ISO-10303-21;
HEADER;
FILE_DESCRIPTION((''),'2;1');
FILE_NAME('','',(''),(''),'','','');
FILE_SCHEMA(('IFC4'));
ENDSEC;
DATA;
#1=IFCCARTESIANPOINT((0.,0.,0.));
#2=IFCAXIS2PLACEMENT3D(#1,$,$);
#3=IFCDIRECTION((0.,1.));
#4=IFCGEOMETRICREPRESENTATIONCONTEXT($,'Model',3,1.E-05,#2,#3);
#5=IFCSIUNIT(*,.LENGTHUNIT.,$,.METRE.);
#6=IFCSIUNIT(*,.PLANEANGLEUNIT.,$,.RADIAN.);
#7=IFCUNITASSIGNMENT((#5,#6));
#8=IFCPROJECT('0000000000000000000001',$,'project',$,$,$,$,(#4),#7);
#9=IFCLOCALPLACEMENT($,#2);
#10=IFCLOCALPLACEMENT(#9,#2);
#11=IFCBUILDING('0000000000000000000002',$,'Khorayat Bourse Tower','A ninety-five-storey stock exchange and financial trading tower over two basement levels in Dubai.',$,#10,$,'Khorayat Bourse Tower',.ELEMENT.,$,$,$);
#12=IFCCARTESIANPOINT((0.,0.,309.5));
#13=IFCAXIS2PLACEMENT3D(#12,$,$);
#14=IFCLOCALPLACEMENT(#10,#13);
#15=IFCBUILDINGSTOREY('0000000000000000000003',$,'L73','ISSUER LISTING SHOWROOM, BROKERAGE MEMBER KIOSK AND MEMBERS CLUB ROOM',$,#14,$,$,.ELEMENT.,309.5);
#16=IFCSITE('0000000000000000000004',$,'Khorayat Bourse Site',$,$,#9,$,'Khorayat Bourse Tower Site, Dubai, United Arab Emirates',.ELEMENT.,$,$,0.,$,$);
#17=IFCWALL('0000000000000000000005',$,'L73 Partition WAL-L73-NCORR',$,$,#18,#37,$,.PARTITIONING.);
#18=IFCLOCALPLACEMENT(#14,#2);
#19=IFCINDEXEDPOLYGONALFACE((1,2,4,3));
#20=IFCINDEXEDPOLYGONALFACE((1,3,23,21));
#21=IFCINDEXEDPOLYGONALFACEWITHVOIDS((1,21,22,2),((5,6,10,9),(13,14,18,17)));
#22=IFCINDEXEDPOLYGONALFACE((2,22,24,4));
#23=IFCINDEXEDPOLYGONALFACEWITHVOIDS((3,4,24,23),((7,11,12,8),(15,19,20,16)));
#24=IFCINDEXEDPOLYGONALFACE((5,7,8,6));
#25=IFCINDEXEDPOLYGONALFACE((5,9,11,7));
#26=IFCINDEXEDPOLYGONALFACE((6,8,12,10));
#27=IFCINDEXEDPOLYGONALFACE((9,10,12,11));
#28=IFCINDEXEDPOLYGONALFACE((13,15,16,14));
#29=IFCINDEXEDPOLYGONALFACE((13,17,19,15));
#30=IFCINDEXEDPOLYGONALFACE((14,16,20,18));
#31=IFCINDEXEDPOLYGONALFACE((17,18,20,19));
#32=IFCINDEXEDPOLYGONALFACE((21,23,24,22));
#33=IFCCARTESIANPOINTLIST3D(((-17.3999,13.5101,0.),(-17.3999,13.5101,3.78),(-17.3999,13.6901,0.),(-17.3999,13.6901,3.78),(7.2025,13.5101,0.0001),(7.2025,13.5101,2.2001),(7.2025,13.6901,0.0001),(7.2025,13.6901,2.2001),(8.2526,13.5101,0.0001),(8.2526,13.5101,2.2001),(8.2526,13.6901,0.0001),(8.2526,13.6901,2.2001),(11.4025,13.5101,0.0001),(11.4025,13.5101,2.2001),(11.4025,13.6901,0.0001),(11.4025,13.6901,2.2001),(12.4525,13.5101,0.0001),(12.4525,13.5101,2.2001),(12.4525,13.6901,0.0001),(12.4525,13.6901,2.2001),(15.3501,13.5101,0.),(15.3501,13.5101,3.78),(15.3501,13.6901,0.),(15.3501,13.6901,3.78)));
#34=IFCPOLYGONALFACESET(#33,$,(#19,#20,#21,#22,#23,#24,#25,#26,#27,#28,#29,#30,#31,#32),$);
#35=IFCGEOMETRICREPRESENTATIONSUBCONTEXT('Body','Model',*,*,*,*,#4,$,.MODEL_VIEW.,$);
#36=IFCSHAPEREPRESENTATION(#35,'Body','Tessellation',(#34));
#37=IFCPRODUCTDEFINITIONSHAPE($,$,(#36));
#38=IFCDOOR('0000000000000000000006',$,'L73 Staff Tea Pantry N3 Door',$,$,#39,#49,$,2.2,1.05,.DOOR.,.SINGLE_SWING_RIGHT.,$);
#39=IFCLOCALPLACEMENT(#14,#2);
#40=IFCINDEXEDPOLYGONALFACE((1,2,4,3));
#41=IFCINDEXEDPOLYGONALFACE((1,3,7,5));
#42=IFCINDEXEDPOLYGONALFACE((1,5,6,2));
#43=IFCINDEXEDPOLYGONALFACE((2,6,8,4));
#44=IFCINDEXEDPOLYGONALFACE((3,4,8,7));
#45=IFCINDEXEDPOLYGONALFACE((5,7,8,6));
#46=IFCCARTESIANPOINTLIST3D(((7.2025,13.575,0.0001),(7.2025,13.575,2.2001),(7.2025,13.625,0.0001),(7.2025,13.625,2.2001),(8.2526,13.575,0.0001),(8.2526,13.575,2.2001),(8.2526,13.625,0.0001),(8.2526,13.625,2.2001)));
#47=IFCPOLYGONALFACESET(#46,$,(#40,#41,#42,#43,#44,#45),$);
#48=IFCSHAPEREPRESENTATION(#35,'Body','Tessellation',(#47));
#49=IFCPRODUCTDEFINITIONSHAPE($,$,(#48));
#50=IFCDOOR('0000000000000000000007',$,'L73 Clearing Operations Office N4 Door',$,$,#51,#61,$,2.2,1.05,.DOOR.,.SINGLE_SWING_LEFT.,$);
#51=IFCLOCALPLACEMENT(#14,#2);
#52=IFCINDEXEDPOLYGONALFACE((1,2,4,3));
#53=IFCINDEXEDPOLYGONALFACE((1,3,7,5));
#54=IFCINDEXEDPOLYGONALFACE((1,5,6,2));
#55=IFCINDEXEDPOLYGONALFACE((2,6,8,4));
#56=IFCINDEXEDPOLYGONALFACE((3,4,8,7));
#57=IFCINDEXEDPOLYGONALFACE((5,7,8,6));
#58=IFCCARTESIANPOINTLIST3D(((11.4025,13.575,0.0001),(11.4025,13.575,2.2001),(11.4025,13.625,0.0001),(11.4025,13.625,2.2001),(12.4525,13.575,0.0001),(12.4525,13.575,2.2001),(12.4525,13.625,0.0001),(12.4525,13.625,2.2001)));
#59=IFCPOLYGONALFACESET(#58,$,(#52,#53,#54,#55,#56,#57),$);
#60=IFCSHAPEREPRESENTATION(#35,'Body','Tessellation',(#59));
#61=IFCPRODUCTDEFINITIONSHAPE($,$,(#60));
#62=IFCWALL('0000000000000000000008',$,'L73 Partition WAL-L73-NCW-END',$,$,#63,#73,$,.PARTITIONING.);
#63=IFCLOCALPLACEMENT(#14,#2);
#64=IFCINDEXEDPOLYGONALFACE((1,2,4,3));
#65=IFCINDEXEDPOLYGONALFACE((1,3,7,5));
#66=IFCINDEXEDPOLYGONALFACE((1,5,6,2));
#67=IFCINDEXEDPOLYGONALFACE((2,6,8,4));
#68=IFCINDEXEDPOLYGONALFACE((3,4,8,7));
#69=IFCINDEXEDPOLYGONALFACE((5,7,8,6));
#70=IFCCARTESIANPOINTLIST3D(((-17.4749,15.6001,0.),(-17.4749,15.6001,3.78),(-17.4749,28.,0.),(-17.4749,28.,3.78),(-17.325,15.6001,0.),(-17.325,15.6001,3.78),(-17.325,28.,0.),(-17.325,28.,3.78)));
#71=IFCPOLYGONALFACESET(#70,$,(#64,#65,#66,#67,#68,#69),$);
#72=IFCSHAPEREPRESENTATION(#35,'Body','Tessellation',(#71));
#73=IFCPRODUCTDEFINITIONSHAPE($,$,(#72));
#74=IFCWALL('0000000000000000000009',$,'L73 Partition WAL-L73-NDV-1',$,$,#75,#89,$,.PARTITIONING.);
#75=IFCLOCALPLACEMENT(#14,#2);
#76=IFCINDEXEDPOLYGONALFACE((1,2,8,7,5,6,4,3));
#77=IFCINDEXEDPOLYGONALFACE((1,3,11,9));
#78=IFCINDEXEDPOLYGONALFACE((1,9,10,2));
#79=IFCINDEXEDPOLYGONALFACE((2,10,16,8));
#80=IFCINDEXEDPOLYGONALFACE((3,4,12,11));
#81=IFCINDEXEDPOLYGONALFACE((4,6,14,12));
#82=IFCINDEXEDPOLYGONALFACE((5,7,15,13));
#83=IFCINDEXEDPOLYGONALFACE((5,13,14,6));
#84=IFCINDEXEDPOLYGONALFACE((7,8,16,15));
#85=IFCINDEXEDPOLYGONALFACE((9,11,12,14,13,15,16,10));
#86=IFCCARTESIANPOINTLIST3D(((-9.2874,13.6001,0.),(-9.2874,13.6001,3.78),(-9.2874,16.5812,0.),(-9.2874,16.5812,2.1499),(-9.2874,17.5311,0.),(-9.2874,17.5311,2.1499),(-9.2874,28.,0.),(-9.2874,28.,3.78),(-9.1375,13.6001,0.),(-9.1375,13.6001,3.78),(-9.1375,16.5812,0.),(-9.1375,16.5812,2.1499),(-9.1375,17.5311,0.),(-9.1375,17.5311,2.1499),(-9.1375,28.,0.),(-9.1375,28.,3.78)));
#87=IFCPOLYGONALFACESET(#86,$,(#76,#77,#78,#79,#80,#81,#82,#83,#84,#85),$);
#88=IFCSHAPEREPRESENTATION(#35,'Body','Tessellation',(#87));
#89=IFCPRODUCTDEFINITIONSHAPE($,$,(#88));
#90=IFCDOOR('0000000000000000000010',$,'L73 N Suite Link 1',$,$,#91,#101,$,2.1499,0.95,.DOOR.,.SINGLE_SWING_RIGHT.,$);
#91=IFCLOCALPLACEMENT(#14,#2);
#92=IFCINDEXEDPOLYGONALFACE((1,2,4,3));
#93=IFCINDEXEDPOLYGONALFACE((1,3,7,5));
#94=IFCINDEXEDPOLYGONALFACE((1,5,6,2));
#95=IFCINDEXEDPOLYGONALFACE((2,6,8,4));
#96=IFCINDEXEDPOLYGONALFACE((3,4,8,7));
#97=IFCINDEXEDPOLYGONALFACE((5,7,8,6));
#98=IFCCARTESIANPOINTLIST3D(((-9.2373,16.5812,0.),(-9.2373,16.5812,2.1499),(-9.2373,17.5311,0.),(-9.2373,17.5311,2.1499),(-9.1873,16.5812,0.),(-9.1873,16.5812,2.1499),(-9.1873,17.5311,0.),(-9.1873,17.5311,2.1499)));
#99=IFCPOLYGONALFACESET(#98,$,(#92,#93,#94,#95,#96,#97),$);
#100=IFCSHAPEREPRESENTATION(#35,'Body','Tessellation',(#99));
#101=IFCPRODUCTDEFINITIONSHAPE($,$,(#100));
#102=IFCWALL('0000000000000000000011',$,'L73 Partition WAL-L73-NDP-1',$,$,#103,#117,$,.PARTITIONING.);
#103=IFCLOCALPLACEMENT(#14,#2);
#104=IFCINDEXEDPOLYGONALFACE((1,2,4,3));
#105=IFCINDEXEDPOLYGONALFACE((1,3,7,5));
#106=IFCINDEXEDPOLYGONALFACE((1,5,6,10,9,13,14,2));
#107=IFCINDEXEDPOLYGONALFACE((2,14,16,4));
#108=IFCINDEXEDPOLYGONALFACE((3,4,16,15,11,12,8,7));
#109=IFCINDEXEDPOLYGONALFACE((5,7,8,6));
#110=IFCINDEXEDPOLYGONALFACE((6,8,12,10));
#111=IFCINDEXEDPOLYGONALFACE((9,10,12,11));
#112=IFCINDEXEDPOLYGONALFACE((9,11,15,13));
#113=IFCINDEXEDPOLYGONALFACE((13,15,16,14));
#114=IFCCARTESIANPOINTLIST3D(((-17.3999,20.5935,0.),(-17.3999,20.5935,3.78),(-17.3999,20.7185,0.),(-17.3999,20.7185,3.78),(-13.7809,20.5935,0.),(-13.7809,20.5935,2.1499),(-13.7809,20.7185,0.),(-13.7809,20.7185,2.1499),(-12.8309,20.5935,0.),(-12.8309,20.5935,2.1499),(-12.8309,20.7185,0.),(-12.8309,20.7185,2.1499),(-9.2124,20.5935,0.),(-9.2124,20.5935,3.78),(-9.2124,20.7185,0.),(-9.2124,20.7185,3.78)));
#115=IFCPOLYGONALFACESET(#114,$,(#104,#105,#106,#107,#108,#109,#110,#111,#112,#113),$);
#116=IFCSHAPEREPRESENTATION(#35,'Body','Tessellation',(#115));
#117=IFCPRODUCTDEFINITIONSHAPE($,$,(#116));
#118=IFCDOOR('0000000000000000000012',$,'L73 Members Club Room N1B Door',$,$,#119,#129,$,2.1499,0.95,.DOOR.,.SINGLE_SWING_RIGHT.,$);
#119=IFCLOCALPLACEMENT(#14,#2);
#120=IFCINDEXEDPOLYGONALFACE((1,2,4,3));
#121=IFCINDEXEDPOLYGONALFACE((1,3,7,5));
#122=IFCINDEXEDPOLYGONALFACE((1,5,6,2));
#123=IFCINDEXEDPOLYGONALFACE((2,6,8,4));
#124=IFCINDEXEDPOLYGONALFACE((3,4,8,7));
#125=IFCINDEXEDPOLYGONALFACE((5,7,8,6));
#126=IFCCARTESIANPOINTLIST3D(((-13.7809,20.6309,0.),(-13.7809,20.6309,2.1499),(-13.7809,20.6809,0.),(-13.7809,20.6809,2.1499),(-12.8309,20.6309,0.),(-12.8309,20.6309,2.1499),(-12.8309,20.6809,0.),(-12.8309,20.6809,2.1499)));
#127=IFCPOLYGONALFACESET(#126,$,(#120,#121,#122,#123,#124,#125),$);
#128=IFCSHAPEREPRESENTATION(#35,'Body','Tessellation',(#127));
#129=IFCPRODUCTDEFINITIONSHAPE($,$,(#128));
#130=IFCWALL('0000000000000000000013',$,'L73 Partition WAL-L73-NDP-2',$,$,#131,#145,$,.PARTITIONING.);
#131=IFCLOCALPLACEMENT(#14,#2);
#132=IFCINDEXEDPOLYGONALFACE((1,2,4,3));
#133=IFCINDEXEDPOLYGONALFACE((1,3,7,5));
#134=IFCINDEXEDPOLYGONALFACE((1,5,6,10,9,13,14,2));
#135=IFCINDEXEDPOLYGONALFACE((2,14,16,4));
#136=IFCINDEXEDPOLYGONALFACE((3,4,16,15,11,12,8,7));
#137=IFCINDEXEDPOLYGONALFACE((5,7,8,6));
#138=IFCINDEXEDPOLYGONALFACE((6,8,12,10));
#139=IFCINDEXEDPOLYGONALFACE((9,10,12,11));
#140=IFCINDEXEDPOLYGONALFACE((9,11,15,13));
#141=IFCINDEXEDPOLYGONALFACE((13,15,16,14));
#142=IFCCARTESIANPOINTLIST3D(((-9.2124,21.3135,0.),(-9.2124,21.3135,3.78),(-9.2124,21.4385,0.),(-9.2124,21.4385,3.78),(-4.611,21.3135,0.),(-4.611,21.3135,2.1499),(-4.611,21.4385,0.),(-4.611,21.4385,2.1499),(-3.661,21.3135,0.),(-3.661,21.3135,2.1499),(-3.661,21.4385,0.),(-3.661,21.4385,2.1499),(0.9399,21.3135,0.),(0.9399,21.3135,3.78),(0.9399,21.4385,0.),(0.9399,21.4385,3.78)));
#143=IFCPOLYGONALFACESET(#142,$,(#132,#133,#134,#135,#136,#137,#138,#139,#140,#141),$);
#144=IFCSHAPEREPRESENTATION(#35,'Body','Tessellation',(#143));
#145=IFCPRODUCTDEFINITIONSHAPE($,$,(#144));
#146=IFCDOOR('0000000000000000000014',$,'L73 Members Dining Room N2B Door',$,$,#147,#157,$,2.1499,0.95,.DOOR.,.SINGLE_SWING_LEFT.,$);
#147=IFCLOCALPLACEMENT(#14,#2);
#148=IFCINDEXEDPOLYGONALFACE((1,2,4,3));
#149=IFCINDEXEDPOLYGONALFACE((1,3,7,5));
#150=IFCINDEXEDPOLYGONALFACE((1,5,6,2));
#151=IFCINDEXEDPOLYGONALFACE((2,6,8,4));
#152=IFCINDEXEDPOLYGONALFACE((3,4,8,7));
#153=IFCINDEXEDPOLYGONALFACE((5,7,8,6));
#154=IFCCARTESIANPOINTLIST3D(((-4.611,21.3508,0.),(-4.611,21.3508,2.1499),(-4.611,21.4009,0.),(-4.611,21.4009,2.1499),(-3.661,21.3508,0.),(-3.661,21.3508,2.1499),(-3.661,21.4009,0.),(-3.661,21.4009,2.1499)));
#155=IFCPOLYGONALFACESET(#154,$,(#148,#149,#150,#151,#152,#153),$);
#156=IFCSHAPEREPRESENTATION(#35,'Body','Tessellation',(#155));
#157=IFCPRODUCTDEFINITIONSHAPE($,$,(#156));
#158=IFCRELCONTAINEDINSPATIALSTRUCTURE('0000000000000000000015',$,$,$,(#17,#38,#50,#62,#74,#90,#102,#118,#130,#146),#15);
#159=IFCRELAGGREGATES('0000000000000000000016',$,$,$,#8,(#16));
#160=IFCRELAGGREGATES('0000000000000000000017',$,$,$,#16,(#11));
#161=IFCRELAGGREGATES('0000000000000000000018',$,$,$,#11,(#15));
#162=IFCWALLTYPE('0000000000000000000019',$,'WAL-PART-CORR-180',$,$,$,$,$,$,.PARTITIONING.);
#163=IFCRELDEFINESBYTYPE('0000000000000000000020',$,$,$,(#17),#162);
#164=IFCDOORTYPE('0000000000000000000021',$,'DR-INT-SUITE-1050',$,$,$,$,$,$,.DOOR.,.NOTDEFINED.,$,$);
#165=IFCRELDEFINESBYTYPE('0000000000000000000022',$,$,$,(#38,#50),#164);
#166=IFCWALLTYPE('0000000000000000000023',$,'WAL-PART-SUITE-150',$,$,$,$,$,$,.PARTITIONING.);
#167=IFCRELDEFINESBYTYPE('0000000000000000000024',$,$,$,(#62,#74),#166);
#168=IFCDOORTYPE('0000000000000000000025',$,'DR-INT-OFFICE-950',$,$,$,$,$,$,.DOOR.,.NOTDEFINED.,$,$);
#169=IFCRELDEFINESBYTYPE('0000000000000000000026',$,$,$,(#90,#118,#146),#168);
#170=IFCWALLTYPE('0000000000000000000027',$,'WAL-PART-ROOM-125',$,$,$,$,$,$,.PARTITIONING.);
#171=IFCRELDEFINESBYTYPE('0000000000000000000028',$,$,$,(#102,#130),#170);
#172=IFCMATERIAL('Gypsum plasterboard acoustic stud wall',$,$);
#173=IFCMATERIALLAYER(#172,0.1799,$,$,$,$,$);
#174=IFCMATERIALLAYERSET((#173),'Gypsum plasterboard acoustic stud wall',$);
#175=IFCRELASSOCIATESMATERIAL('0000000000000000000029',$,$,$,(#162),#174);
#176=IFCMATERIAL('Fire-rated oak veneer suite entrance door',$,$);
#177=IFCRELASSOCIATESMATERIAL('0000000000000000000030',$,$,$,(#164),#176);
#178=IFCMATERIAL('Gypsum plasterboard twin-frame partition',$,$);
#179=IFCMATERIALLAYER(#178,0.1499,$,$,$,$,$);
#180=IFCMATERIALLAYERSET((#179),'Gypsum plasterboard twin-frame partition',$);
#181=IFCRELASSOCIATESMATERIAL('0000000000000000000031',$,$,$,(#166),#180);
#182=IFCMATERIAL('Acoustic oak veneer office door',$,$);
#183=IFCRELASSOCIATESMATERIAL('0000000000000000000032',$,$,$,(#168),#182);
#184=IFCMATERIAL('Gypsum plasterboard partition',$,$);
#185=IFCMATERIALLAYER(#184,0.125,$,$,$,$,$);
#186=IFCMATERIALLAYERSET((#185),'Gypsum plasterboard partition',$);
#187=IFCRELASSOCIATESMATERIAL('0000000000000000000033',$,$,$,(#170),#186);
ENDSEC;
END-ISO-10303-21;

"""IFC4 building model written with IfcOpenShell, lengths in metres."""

from ifc_helpers import new_model, si_unit, direction, frame, frame_2d, origin, place, context, subcontext, project, spatial, rectangle, extrude, source, transform, mapped, material, layer, layer_set, type_object, element, fill, save


model = new_model("IFC4")

# Units and contexts
model_context = context("Model", 3, precision=1e-05, world=origin(), true_north=direction((0.0, 1.0)))
body_context = subcontext(model_context, "Body", "Model", "MODEL_VIEW")
ifc_project = project(units=[si_unit("LENGTHUNIT", "METRE"), si_unit("PLANEANGLEUNIT", "RADIAN")], contexts=[model_context])

# Site, building, storey
site_placement = place(None, origin())
site = spatial("IfcSite", under=ifc_project, at=site_placement, Name="Khorayat Bourse Site", LongName="Khorayat Bourse Tower Site, Dubai, United Arab Emirates", CompositionType="ELEMENT", RefElevation=0.0)
building_placement = place(site_placement, origin())
building = spatial("IfcBuilding", under=site, at=building_placement, Name="Khorayat Bourse Tower", Description="A ninety-five-storey stock exchange and financial trading tower over two basement levels in Dubai.", LongName="Khorayat Bourse Tower", CompositionType="ELEMENT")
storey_placement = place(building_placement, frame((0.0, 0.0, 309.5)))
storey = spatial("IfcBuildingStorey", under=building, at=storey_placement, Name="L73", Description="ISSUER LISTING SHOWROOM, BROKERAGE MEMBER KIOSK AND MEMBERS CLUB ROOM", CompositionType="ELEMENT", Elevation=309.5)

# Wall, openings, doors
ifc_material_1 = material(Name="Gypsum plasterboard acoustic stud wall")
ifc_layer_1 = layer(ifc_material_1, 0.1799)
ifc_layer_set_1 = layer_set([ifc_layer_1], Name="Gypsum plasterboard acoustic stud wall")
wall_type_1 = type_object("IfcWallType", Name="WAL-PART-CORR-180", PredefinedType="PARTITIONING", material=ifc_layer_set_1)
shared_shape_1 = source(origin(), body_context, "Body", "SweptSolid", [
    extrude(rectangle(XDim=32.75, YDim=0.1799, at=frame_2d((16.375, 0.0))), origin(), (0.0, 0.0, 1.0), 3.78),
])
wall_1_placement = place(storey_placement, frame((-17.3999, 13.6001, 0.0), z_axis=(0.0, 0.0, 1.0), x_axis=(1.0, 0.0, 0.0)))
wall_1 = element("IfcWall", 1, at=wall_1_placement, inside=storey, type_object=wall_type_1, Name="L73 Partition WAL-L73-NCORR", PredefinedType="PARTITIONING", context=body_context, shape_type="MappedRepresentation", body=[
    mapped(shared_shape_1, transform((0.0, 0.0, 0.0), scale=1.0)),
])
shared_shape_2 = source(origin(), body_context, "Body", "SweptSolid", [
    extrude(rectangle(XDim=1.05, YDim=2.2, at=frame_2d((0.5249, 1.1001))), frame((0.0, 0.0999, 0.0), z_axis=(0.0, -1.0, 0.0), x_axis=(1.0, 0.0, 0.0)), (0.0, 0.0, 1.0), 0.2),
])
opening_1_placement = place(wall_1_placement, frame((24.6025, 0.0, 0.0)))
opening_1 = element("IfcOpeningElement", 2, at=opening_1_placement, cuts=wall_1, PredefinedType="OPENING", context=body_context, shape_type="MappedRepresentation", body=[
    mapped(shared_shape_2, transform((0.0, 0.0, 0.0), scale=1.0)),
])
opening_2_placement = place(wall_1_placement, frame((28.8025, 0.0, 0.0)))
opening_2 = element("IfcOpeningElement", 3, at=opening_2_placement, cuts=wall_1, PredefinedType="OPENING", context=body_context, shape_type="MappedRepresentation", body=[
    mapped(shared_shape_2, transform((0.0, 0.0, 0.0), scale=1.0)),
])
ifc_material_2 = material(Name="Fire-rated oak veneer suite entrance door")
door_type_1 = type_object("IfcDoorType", Name="DR-INT-SUITE-1050", OperationType="NOTDEFINED", PredefinedType="DOOR", material=ifc_material_2)
shared_shape_3 = source(origin(), body_context, "Body", "SweptSolid", [
    extrude(rectangle(XDim=1.05, YDim=2.2, at=frame_2d((0.5249, 1.1001))), frame((0.0, 0.0249, 0.0), z_axis=(0.0, -1.0, 0.0), x_axis=(1.0, 0.0, 0.0)), (0.0, 0.0, 1.0), 0.05),
])
door_1_placement = place(opening_1_placement, origin())
door_1 = element("IfcDoor", 4, at=door_1_placement, inside=storey, type_object=door_type_1, Name="L73 Staff Tea Pantry N3 Door", OperationType="SINGLE_SWING_RIGHT", OverallHeight=2.2, OverallWidth=1.05, PredefinedType="DOOR", context=body_context, shape_type="MappedRepresentation", body=[
    mapped(shared_shape_3, transform((0.0, 0.0, 0.0), scale=1.0)),
])
fill(opening_1, door_1)
door_2_placement = place(opening_2_placement, origin())
door_2 = element("IfcDoor", 5, at=door_2_placement, inside=storey, type_object=door_type_1, Name="L73 Clearing Operations Office N4 Door", OperationType="SINGLE_SWING_LEFT", OverallHeight=2.2, OverallWidth=1.05, PredefinedType="DOOR", context=body_context, shape_type="MappedRepresentation", body=[
    mapped(shared_shape_3, transform((0.0, 0.0, 0.0), scale=1.0)),
])
fill(opening_2, door_2)

# Wall
ifc_material_3 = material(Name="Gypsum plasterboard twin-frame partition")
ifc_layer_2 = layer(ifc_material_3, 0.1499)
ifc_layer_set_2 = layer_set([ifc_layer_2], Name="Gypsum plasterboard twin-frame partition")
wall_type_2 = type_object("IfcWallType", Name="WAL-PART-SUITE-150", PredefinedType="PARTITIONING", material=ifc_layer_set_2)
shared_shape_4 = source(origin(), body_context, "Body", "SweptSolid", [
    extrude(rectangle(XDim=12.3999, YDim=0.1499, at=frame_2d((6.2, 0.0))), origin(), (0.0, 0.0, 1.0), 3.78),
])
wall_2_placement = place(storey_placement, frame((-17.3999, 15.6001, 0.0), z_axis=(0.0, 0.0, 1.0), x_axis=(0.0, 1.0, 0.0)))
element("IfcWall", 6, at=wall_2_placement, inside=storey, type_object=wall_type_2, Name="L73 Partition WAL-L73-NCW-END", PredefinedType="PARTITIONING", context=body_context, shape_type="MappedRepresentation", body=[
    mapped(shared_shape_4, transform((0.0, 0.0, 0.0), scale=1.0)),
])

# Walls, openings, doors
shared_shape_5 = source(origin(), body_context, "Body", "SweptSolid", [
    extrude(rectangle(XDim=14.3999, YDim=0.1499, at=frame_2d((7.2, 0.0))), origin(), (0.0, 0.0, 1.0), 3.78),
])
wall_3_placement = place(storey_placement, frame((-9.2124, 13.6001, 0.0), z_axis=(0.0, 0.0, 1.0), x_axis=(0.0, 1.0, 0.0)))
wall_3 = element("IfcWall", 7, at=wall_3_placement, inside=storey, type_object=wall_type_2, Name="L73 Partition WAL-L73-NDV-1", PredefinedType="PARTITIONING", context=body_context, shape_type="MappedRepresentation", body=[
    mapped(shared_shape_5, transform((0.0, 0.0, 0.0), scale=1.0)),
])
shared_shape_6 = source(origin(), body_context, "Body", "SweptSolid", [
    extrude(rectangle(XDim=0.95, YDim=2.1499, at=frame_2d((0.4751, 1.075))), frame((0.0, 0.085, 0.0), z_axis=(0.0, -1.0, 0.0), x_axis=(1.0, 0.0, 0.0)), (0.0, 0.0, 1.0), 0.1699),
])
opening_3_placement = place(wall_3_placement, frame((2.981, 0.0, 0.0)))
opening_3 = element("IfcOpeningElement", 8, at=opening_3_placement, cuts=wall_3, PredefinedType="OPENING", context=body_context, shape_type="MappedRepresentation", body=[
    mapped(shared_shape_6, transform((0.0, 0.0, 0.0), scale=1.0)),
])
ifc_material_4 = material(Name="Acoustic oak veneer office door")
door_type_2 = type_object("IfcDoorType", Name="DR-INT-OFFICE-950", OperationType="NOTDEFINED", PredefinedType="DOOR", material=ifc_material_4)
shared_shape_7 = source(origin(), body_context, "Body", "SweptSolid", [
    extrude(rectangle(XDim=0.95, YDim=2.1499, at=frame_2d((0.4751, 1.075))), frame((0.0, 0.0249, 0.0), z_axis=(0.0, -1.0, 0.0), x_axis=(1.0, 0.0, 0.0)), (0.0, 0.0, 1.0), 0.05),
])
door_3_placement = place(opening_3_placement, origin())
door_3 = element("IfcDoor", 9, at=door_3_placement, inside=storey, type_object=door_type_2, Name="L73 N Suite Link 1", OperationType="SINGLE_SWING_RIGHT", OverallHeight=2.1499, OverallWidth=0.95, PredefinedType="DOOR", context=body_context, shape_type="MappedRepresentation", body=[
    mapped(shared_shape_7, transform((0.0, 0.0, 0.0), scale=1.0)),
])
fill(opening_3, door_3)
ifc_material_5 = material(Name="Gypsum plasterboard partition")
ifc_layer_3 = layer(ifc_material_5, 0.125)
ifc_layer_set_3 = layer_set([ifc_layer_3], Name="Gypsum plasterboard partition")
wall_type_3 = type_object("IfcWallType", Name="WAL-PART-ROOM-125", PredefinedType="PARTITIONING", material=ifc_layer_set_3)
shared_shape_8 = source(origin(), body_context, "Body", "SweptSolid", [
    extrude(rectangle(XDim=8.1875, YDim=0.125, at=frame_2d((4.0938, 0.0))), origin(), (0.0, 0.0, 1.0), 3.78),
])
wall_4_placement = place(storey_placement, frame((-17.3999, 20.656, 0.0), z_axis=(0.0, 0.0, 1.0), x_axis=(1.0, 0.0, 0.0)))
wall_4 = element("IfcWall", 10, at=wall_4_placement, inside=storey, type_object=wall_type_3, Name="L73 Partition WAL-L73-NDP-1", PredefinedType="PARTITIONING", context=body_context, shape_type="MappedRepresentation", body=[
    mapped(shared_shape_8, transform((0.0, 0.0, 0.0), scale=1.0)),
])
shared_shape_9 = source(origin(), body_context, "Body", "SweptSolid", [
    extrude(rectangle(XDim=0.95, YDim=2.1499, at=frame_2d((0.4751, 1.075))), frame((0.0, 0.0725, 0.0), z_axis=(0.0, -1.0, 0.0), x_axis=(1.0, 0.0, 0.0)), (0.0, 0.0, 1.0), 0.145),
])
opening_4_placement = place(wall_4_placement, frame((3.6189, 0.0, 0.0)))
opening_4 = element("IfcOpeningElement", 11, at=opening_4_placement, cuts=wall_4, PredefinedType="OPENING", context=body_context, shape_type="MappedRepresentation", body=[
    mapped(shared_shape_9, transform((0.0, 0.0, 0.0), scale=1.0)),
])
door_4_placement = place(opening_4_placement, origin())
door_4 = element("IfcDoor", 12, at=door_4_placement, inside=storey, type_object=door_type_2, Name="L73 Members Club Room N1B Door", OperationType="SINGLE_SWING_RIGHT", OverallHeight=2.1499, OverallWidth=0.95, PredefinedType="DOOR", context=body_context, shape_type="MappedRepresentation", body=[
    mapped(shared_shape_7, transform((0.0, 0.0, 0.0), scale=1.0)),
])
fill(opening_4, door_4)
shared_shape_10 = source(origin(), body_context, "Body", "SweptSolid", [
    extrude(rectangle(XDim=10.1523, YDim=0.125, at=frame_2d((5.0762, 0.0))), origin(), (0.0, 0.0, 1.0), 3.78),
])
wall_5_placement = place(storey_placement, frame((-9.2124, 21.376, 0.0), z_axis=(0.0, 0.0, 1.0), x_axis=(1.0, 0.0, 0.0)))
wall_5 = element("IfcWall", 13, at=wall_5_placement, inside=storey, type_object=wall_type_3, Name="L73 Partition WAL-L73-NDP-2", PredefinedType="PARTITIONING", context=body_context, shape_type="MappedRepresentation", body=[
    mapped(shared_shape_10, transform((0.0, 0.0, 0.0), scale=1.0)),
])
opening_5_placement = place(wall_5_placement, frame((4.6013, 0.0, 0.0)))
opening_5 = element("IfcOpeningElement", 14, at=opening_5_placement, cuts=wall_5, PredefinedType="OPENING", context=body_context, shape_type="MappedRepresentation", body=[
    mapped(shared_shape_9, transform((0.0, 0.0, 0.0), scale=1.0)),
])
door_5_placement = place(opening_5_placement, origin())
door_5 = element("IfcDoor", 15, at=door_5_placement, inside=storey, type_object=door_type_2, Name="L73 Members Dining Room N2B Door", OperationType="SINGLE_SWING_LEFT", OverallHeight=2.1499, OverallWidth=0.95, PredefinedType="DOOR", context=body_context, shape_type="MappedRepresentation", body=[
    mapped(shared_shape_7, transform((0.0, 0.0, 0.0), scale=1.0)),
])
fill(opening_5, door_5)

save(model, "model.ifc")
